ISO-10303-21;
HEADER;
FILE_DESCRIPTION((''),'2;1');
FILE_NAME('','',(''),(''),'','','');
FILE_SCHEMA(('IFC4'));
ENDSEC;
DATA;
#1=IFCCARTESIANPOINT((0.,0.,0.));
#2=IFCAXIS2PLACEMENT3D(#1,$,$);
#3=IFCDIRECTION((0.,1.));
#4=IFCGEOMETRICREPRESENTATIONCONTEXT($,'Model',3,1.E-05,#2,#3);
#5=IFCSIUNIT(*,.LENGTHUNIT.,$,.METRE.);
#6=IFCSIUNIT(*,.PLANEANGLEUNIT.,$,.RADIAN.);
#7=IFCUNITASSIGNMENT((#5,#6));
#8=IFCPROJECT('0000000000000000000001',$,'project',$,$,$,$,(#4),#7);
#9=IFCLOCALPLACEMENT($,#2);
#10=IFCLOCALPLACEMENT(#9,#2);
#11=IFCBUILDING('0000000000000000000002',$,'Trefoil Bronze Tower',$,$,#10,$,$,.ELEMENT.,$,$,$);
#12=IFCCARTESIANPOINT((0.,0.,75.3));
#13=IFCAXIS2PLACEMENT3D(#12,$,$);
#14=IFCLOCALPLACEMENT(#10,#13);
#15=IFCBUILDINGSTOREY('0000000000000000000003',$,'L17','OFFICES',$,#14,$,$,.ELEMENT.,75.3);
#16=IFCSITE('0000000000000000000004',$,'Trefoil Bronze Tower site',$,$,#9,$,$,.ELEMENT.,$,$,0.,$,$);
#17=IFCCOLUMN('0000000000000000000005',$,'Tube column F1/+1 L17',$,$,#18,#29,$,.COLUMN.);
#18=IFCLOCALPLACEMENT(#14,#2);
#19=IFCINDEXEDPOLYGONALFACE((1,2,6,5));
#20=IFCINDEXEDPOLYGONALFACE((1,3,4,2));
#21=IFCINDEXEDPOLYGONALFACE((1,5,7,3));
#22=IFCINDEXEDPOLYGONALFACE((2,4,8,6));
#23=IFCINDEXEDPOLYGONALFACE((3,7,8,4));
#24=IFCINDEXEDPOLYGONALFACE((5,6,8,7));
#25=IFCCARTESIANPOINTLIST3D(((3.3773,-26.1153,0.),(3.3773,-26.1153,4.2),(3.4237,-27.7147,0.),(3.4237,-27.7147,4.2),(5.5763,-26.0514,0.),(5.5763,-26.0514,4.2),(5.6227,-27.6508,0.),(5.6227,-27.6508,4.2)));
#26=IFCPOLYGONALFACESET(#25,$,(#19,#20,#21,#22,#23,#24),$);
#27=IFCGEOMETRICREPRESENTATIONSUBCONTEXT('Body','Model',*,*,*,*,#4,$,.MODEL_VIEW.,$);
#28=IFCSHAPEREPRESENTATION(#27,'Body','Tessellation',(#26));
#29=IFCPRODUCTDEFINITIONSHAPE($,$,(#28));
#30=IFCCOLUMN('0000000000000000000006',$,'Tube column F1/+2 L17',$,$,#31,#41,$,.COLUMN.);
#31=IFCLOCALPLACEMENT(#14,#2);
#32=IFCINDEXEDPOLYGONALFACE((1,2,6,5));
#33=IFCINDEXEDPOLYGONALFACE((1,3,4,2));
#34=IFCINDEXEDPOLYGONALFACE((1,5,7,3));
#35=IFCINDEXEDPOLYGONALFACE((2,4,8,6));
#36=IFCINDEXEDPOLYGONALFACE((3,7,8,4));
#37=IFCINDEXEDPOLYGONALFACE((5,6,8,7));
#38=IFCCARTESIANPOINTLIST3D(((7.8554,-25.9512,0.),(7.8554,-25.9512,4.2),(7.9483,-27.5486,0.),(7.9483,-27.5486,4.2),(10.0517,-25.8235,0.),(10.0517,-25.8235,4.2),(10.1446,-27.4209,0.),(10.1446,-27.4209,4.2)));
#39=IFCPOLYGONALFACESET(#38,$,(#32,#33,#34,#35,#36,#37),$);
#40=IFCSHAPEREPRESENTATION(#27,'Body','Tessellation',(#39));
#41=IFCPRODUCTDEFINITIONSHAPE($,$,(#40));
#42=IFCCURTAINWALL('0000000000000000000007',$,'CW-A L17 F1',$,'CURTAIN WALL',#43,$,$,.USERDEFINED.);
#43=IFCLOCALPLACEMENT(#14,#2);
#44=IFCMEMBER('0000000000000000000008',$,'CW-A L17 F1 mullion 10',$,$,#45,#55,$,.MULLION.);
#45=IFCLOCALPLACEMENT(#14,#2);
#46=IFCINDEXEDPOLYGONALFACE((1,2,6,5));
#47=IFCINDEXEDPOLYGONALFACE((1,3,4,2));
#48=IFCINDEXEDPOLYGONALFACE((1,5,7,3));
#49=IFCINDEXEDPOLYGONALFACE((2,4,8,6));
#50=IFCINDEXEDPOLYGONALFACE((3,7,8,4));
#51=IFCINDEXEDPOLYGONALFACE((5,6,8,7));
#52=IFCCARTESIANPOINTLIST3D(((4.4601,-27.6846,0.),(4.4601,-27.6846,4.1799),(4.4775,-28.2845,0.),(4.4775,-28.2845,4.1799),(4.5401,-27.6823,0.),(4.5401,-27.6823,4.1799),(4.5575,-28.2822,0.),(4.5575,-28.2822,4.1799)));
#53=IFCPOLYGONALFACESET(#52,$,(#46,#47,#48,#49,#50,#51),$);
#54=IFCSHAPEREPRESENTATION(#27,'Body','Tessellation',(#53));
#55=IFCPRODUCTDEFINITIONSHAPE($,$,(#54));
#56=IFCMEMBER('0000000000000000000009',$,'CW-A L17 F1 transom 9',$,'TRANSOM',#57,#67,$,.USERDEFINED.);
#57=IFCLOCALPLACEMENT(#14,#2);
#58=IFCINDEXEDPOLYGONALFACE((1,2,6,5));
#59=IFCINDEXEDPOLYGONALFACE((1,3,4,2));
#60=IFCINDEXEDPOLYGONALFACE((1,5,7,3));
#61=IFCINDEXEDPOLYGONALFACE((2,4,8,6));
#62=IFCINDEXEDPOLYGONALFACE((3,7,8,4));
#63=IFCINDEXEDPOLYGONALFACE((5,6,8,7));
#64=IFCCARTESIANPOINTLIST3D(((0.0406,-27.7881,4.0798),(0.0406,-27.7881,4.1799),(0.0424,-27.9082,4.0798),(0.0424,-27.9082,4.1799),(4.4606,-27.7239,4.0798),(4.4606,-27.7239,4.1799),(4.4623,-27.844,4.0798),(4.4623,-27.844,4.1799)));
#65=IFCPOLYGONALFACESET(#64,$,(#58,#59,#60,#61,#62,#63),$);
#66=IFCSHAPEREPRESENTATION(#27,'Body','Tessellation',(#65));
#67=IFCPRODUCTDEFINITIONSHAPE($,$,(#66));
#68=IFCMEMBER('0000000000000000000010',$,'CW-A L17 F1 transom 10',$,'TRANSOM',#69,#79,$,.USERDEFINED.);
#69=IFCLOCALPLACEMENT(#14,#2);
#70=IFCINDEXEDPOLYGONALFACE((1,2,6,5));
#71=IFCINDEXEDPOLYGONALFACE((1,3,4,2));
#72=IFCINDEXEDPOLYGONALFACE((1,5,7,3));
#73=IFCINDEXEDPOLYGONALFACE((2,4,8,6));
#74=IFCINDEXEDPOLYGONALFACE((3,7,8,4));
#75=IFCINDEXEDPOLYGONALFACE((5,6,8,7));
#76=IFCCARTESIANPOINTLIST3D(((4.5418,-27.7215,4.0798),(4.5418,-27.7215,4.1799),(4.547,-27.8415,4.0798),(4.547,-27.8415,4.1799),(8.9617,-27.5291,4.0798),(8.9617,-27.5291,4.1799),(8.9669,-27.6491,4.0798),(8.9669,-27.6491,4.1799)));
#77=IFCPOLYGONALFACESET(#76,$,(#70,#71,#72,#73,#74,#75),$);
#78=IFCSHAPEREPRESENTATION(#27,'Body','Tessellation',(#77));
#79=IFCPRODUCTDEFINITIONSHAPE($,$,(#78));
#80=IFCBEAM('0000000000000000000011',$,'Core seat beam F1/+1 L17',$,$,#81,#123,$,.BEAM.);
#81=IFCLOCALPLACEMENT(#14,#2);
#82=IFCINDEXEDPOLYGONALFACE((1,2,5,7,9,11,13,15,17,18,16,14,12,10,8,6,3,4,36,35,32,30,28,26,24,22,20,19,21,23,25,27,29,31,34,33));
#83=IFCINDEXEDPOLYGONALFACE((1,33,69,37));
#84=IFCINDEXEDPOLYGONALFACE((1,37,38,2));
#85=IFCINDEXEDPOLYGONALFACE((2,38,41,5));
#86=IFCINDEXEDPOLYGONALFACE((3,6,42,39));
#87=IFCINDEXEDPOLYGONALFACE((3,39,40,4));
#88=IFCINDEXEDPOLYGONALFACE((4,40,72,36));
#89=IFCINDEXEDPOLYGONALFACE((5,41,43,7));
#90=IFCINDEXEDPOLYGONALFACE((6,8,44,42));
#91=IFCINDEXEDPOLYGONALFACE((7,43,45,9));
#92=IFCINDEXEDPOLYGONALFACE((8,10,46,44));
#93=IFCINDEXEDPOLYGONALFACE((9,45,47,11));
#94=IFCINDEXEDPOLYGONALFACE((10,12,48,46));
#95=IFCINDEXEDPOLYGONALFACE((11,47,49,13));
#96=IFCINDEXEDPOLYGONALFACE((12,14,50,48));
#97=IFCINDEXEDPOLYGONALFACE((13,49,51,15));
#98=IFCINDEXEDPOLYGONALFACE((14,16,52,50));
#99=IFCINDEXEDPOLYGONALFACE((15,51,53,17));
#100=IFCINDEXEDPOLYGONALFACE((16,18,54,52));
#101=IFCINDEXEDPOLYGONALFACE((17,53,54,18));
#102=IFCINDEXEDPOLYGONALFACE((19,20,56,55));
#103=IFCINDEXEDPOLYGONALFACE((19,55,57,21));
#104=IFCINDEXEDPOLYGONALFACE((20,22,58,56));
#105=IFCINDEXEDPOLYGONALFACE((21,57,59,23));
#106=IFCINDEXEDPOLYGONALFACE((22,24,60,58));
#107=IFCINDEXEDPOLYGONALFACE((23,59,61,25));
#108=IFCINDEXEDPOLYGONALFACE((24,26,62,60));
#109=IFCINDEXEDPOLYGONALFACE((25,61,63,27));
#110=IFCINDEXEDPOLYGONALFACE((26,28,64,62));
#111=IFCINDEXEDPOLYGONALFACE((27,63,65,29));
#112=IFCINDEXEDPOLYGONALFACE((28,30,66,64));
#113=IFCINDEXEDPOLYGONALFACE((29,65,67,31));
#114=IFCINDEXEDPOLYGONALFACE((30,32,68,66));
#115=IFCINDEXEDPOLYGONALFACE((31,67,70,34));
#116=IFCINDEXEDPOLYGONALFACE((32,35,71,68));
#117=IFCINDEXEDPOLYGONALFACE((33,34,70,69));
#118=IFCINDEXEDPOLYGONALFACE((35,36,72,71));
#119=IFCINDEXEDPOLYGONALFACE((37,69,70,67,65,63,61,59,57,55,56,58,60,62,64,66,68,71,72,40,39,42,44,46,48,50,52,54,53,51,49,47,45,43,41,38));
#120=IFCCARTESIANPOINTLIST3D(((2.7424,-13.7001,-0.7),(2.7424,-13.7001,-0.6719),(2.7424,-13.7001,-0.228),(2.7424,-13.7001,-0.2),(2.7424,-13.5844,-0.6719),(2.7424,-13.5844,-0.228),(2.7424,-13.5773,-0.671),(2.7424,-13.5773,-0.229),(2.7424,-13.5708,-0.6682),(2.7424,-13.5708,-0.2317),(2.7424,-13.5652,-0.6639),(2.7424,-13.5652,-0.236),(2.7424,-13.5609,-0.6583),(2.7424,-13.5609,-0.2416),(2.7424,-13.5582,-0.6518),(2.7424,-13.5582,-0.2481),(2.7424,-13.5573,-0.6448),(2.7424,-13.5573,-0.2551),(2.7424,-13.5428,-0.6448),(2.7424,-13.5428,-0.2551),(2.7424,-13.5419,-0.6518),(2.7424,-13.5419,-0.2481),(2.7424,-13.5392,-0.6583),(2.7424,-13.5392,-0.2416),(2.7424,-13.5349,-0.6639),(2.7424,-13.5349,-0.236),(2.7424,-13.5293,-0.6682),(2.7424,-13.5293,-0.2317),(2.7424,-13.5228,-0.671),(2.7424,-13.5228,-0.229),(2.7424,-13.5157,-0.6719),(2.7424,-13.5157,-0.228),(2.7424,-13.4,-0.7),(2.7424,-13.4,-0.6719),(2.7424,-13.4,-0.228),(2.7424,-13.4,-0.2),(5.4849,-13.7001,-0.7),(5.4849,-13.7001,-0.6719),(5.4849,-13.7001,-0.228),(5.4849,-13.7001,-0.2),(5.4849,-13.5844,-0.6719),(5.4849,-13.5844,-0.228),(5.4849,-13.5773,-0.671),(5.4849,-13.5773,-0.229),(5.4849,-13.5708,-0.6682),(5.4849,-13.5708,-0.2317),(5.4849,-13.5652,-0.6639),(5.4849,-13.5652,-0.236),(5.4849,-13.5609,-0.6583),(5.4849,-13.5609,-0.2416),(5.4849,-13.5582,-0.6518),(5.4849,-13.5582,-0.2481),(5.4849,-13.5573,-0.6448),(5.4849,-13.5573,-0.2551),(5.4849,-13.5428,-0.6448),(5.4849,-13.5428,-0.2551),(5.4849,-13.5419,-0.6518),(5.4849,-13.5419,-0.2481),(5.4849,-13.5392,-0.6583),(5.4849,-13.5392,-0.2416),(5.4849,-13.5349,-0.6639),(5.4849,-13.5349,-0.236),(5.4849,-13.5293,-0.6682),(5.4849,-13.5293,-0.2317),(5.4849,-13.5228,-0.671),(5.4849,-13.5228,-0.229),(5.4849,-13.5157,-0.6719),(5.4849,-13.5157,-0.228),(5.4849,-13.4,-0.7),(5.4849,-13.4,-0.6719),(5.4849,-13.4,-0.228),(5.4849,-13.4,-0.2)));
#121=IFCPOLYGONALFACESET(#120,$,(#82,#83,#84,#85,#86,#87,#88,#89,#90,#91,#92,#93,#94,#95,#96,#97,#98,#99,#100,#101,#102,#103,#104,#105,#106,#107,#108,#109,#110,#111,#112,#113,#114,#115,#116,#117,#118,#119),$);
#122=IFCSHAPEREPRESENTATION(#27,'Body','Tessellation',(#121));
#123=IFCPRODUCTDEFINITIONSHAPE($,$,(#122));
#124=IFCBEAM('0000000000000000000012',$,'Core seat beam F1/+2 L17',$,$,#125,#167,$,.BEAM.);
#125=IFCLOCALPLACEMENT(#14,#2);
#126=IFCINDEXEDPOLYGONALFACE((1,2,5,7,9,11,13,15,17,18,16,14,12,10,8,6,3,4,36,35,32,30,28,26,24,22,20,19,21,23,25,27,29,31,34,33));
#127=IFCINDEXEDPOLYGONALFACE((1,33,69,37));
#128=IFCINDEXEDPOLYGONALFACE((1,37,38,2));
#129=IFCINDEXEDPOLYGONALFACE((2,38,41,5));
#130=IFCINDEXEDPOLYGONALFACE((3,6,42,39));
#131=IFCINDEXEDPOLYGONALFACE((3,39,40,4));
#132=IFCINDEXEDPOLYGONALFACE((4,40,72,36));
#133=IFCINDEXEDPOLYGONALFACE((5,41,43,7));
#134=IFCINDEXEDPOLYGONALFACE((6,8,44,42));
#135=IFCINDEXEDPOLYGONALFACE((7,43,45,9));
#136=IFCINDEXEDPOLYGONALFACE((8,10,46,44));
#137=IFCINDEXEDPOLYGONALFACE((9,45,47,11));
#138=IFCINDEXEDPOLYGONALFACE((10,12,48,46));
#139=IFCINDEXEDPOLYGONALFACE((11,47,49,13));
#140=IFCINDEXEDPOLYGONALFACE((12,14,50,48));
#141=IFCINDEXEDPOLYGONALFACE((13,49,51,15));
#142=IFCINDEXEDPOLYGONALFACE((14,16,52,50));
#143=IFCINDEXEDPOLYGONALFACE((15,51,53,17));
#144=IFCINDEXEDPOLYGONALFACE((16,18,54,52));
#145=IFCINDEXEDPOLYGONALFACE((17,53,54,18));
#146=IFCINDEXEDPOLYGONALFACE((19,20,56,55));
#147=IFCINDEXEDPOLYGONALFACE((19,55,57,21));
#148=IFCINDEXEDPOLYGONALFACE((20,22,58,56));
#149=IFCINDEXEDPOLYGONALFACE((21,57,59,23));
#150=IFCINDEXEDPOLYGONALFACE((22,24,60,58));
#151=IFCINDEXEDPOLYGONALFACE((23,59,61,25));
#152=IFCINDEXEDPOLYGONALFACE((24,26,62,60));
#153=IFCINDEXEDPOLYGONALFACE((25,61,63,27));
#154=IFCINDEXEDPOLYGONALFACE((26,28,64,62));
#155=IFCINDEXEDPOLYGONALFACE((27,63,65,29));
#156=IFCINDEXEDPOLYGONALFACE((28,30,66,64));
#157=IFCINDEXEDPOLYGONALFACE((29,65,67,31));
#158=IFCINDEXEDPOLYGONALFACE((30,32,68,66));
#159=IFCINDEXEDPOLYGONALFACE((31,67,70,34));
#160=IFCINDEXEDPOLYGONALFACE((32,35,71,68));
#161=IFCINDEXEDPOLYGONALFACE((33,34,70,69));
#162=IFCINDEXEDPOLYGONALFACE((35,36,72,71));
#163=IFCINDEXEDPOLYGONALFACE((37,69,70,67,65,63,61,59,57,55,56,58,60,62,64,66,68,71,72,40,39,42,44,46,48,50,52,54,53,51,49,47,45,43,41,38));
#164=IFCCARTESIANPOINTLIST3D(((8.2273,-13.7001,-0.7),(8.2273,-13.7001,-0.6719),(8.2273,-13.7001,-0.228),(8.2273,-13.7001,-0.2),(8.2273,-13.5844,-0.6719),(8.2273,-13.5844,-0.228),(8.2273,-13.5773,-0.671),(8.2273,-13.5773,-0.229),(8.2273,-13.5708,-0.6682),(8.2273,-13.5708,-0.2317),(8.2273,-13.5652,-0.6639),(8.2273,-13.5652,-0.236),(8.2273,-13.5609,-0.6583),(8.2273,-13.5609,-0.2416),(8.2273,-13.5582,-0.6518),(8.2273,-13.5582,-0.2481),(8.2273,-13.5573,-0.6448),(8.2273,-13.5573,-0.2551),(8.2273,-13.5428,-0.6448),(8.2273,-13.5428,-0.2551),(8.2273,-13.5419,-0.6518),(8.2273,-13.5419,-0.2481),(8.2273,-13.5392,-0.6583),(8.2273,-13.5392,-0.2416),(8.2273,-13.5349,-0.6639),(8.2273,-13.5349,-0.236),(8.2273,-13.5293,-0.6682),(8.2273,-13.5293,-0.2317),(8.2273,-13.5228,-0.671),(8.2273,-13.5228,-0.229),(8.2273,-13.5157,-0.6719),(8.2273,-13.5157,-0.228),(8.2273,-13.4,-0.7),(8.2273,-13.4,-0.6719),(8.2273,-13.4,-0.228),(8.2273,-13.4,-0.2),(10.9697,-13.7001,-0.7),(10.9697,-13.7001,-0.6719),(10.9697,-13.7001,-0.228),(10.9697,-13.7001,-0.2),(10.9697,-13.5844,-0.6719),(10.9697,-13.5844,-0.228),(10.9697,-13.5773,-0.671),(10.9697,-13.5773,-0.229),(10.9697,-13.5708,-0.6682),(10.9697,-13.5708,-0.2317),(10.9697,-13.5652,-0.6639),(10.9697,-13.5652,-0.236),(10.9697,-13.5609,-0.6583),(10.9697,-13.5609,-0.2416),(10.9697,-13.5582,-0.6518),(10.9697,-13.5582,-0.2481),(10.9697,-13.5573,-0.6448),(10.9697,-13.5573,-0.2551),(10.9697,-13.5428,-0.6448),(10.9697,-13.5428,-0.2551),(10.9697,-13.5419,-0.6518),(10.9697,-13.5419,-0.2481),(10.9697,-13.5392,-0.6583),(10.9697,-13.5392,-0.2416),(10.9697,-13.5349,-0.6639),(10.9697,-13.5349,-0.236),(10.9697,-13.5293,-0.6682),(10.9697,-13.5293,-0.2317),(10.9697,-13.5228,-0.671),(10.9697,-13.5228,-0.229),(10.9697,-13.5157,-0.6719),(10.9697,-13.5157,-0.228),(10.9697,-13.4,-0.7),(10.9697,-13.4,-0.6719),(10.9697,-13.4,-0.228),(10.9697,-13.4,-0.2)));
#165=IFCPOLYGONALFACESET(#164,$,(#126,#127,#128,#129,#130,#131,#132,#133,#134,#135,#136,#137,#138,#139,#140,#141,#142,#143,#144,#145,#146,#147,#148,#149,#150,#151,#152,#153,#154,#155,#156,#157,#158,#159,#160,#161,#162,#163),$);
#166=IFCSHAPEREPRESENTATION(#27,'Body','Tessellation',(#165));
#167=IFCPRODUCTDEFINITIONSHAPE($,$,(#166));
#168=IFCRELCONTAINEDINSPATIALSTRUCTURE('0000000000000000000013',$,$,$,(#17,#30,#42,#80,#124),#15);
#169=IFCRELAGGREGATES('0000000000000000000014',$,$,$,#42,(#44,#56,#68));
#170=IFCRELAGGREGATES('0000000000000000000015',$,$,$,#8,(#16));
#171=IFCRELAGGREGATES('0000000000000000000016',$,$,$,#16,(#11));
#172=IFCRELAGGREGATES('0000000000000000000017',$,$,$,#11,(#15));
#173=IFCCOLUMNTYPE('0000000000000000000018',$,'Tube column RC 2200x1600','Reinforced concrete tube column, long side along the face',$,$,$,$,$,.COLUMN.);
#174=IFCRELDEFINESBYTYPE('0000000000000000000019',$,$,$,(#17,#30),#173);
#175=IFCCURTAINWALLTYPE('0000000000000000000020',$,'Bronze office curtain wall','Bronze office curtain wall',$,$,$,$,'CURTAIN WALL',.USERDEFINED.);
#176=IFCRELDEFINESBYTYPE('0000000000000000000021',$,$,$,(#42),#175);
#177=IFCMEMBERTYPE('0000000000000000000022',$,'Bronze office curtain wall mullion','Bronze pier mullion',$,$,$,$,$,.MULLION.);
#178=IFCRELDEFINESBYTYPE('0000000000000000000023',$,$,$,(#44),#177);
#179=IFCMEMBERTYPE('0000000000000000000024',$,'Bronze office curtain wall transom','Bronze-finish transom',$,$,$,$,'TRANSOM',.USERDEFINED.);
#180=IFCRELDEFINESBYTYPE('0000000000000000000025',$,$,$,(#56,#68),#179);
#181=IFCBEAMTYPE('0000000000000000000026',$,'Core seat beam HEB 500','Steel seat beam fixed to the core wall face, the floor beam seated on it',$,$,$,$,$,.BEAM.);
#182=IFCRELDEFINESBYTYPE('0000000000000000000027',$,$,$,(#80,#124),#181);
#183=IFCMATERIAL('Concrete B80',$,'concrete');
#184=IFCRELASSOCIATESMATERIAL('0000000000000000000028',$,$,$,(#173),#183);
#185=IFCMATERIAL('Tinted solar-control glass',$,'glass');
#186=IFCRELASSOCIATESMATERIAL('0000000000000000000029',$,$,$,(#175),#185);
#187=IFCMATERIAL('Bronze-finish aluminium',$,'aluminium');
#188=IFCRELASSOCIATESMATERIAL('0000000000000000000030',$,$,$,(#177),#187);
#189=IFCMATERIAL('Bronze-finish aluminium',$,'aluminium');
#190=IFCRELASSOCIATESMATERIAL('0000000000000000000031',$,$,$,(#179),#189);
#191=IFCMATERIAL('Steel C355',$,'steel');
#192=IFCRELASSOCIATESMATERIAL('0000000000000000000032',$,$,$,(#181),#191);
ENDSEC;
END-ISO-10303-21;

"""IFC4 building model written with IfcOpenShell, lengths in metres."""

from ifc_helpers import new_model, si_unit, direction, frame, origin, origin_2d, place, context, subcontext, project, spatial, rectangle, i_section, extrude, material, material_profile, profile_set, type_object, element, aggregate, save


model = new_model("IFC4")

# Units and contexts
model_context = context("Model", 3, precision=1e-05, world=origin(), true_north=direction((0.0, 1.0)))
body_context = subcontext(model_context, "Body", "Model", "MODEL_VIEW")
ifc_project = project(units=[si_unit("LENGTHUNIT", "METRE"), si_unit("PLANEANGLEUNIT", "RADIAN")], contexts=[model_context])

# Site, building, storey
site_placement = place(None, origin())
site = spatial("IfcSite", under=ifc_project, at=site_placement, Name="Trefoil Bronze Tower site", CompositionType="ELEMENT", RefElevation=0.0)
building_placement = place(site_placement, origin())
building = spatial("IfcBuilding", under=site, at=building_placement, Name="Trefoil Bronze Tower", CompositionType="ELEMENT")
storey_placement = place(building_placement, frame((0.0, 0.0, 75.3)))
storey = spatial("IfcBuildingStorey", under=building, at=storey_placement, Name="L17", Description="OFFICES", CompositionType="ELEMENT", Elevation=75.3)

# Columns
ifc_material_1 = material(Name="Concrete B80", Category="concrete")
ifc_material_profile_1 = material_profile(ifc_material_1, rectangle(XDim=2.2, YDim=1.6001, at=origin_2d()), Name="RC 2200x1600")
ifc_profile_set_1 = profile_set([ifc_material_profile_1], Name="Concrete B80")
column_type = type_object("IfcColumnType", Name="Tube column RC 2200x1600", Description="Reinforced concrete tube column, long side along the face", PredefinedType="COLUMN", material=ifc_profile_set_1)
for number, where, z_axis, x_axis, name in (
    (1, (4.5, -26.8831, 0.0), (0.0, 0.0, 1.0), (0.999579, 0.029022, 0.0), "Tube column F1/+1 L17"),
    (2, (9.0, -26.686, 0.0), (0.0, 0.0, 1.0), (0.998314, 0.058043, 0.0), "Tube column F1/+2 L17"),
):
    element("IfcColumn", number, at=place(storey_placement, frame(where, z_axis=z_axis, x_axis=x_axis)), inside=storey, type_object=column_type, Name=name, PredefinedType="COLUMN", context=body_context, shape_type="SweptSolid", body=[
        extrude(rectangle(XDim=2.2, YDim=1.6001, at=origin_2d()), origin(), (0.0, 0.0, 1.0), 4.2),
    ])

# Curtain wall, members
ifc_material_2 = material(Name="Tinted solar-control glass", Category="glass")
curtain_wall_type = type_object("IfcCurtainWallType", Name="Bronze office curtain wall", Description="Bronze office curtain wall", ElementType="CURTAIN WALL", PredefinedType="USERDEFINED", material=ifc_material_2)
curtain_wall_placement = place(storey_placement, origin())
curtain_wall = element("IfcCurtainWall", 3, at=curtain_wall_placement, inside=storey, type_object=curtain_wall_type, Name="CW-A L17 F1", ObjectType="CURTAIN WALL", PredefinedType="USERDEFINED")
ifc_material_3 = material(Name="Bronze-finish aluminium", Category="aluminium")
ifc_material_profile_2 = material_profile(ifc_material_3, rectangle(XDim=0.6001, YDim=0.0801, at=origin_2d()), Name="CW-A mullion")
ifc_profile_set_2 = profile_set([ifc_material_profile_2], Name="Bronze-finish aluminium")
member_type_1 = type_object("IfcMemberType", Name="Bronze office curtain wall mullion", Description="Bronze pier mullion", PredefinedType="MULLION", material=ifc_profile_set_2)
member_1_placement = place(storey_placement, frame((4.5088, -27.9834, 0.0), z_axis=(0.0, 0.0, 1.0), x_axis=(-0.029022, 0.999579, 0.0)))
member_1 = element("IfcMember", 4, at=member_1_placement, type_object=member_type_1, Name="CW-A L17 F1 mullion 10", PredefinedType="MULLION", context=body_context, shape_type="SweptSolid", body=[
    extrude(rectangle(XDim=0.6001, YDim=0.0801, at=origin_2d()), origin(), (0.0, 0.0, 1.0), 4.1799),
])
ifc_material_4 = material(Name="Bronze-finish aluminium", Category="aluminium")
ifc_material_profile_3 = material_profile(ifc_material_4, rectangle(XDim=0.1201, YDim=0.1001, at=origin_2d()), Name="CW-A transom")
ifc_profile_set_3 = profile_set([ifc_material_profile_3], Name="Bronze-finish aluminium")
member_type_2 = type_object("IfcMemberType", Name="Bronze office curtain wall transom", Description="Bronze-finish transom", ElementType="TRANSOM", PredefinedType="USERDEFINED", material=ifc_profile_set_3)
member_2_placement = place(storey_placement, frame((0.0415, -27.8481, 4.1299), z_axis=(0.999894, 0.014526, 0.0), x_axis=(-0.014526, 0.999894, 0.0)))
member_2 = element("IfcMember", 5, at=member_2_placement, type_object=member_type_2, Name="CW-A L17 F1 transom 9", ObjectType="TRANSOM", PredefinedType="USERDEFINED", context=body_context, shape_type="SweptSolid", body=[
    extrude(rectangle(XDim=0.1201, YDim=0.1001, at=origin_2d()), origin(), (0.0, 0.0, 1.0), 4.4204),
])
member_3_placement = place(storey_placement, frame((4.5444, -27.7815, 4.1299), z_axis=(0.999054, 0.043485, 0.0), x_axis=(-0.043485, 0.999054, 0.0)))
member_3 = element("IfcMember", 6, at=member_3_placement, type_object=member_type_2, Name="CW-A L17 F1 transom 10", ObjectType="TRANSOM", PredefinedType="USERDEFINED", context=body_context, shape_type="SweptSolid", body=[
    extrude(rectangle(XDim=0.1201, YDim=0.1001, at=origin_2d()), origin(), (0.0, 0.0, 1.0), 4.4241),
])

# Beams
ifc_material_5 = material(Name="Steel C355", Category="steel")
ifc_material_profile_4 = material_profile(ifc_material_5, i_section(OverallWidth=0.3, OverallDepth=0.5, WebThickness=0.0144, FlangeThickness=0.0281, FilletRadius=0.0271, at=origin_2d()), Name="HEB 500")
ifc_profile_set_4 = profile_set([ifc_material_profile_4], Name="Steel C355")
beam_type_1 = type_object("IfcBeamType", Name="Core seat beam HEB 500", Description="Steel seat beam fixed to the core wall face, the floor beam seated on it", PredefinedType="BEAM", material=ifc_profile_set_4)
for number, where, z_axis, x_axis, name in (
    (7, (2.7424, -13.55, -0.45), (1.0, 0.0, 0.0), (0.0, 1.0, 0.0), "Core seat beam F1/+1 L17"),
    (8, (8.2273, -13.55, -0.45), (1.0, 0.0, 0.0), (0.0, 1.0, 0.0), "Core seat beam F1/+2 L17"),
):
    element("IfcBeam", number, at=place(storey_placement, frame(where, z_axis=z_axis, x_axis=x_axis)), inside=storey, type_object=beam_type_1, Name=name, PredefinedType="BEAM", context=body_context, shape_type="SweptSolid", body=[
        extrude(i_section(OverallWidth=0.3, OverallDepth=0.5, WebThickness=0.0144, FlangeThickness=0.0281, FilletRadius=0.0271, at=origin_2d()), origin(), (0.0, 0.0, 1.0), 2.7424),
    ])

aggregate(curtain_wall, [member_1, member_2, member_3])

save(model, "model.ifc")
